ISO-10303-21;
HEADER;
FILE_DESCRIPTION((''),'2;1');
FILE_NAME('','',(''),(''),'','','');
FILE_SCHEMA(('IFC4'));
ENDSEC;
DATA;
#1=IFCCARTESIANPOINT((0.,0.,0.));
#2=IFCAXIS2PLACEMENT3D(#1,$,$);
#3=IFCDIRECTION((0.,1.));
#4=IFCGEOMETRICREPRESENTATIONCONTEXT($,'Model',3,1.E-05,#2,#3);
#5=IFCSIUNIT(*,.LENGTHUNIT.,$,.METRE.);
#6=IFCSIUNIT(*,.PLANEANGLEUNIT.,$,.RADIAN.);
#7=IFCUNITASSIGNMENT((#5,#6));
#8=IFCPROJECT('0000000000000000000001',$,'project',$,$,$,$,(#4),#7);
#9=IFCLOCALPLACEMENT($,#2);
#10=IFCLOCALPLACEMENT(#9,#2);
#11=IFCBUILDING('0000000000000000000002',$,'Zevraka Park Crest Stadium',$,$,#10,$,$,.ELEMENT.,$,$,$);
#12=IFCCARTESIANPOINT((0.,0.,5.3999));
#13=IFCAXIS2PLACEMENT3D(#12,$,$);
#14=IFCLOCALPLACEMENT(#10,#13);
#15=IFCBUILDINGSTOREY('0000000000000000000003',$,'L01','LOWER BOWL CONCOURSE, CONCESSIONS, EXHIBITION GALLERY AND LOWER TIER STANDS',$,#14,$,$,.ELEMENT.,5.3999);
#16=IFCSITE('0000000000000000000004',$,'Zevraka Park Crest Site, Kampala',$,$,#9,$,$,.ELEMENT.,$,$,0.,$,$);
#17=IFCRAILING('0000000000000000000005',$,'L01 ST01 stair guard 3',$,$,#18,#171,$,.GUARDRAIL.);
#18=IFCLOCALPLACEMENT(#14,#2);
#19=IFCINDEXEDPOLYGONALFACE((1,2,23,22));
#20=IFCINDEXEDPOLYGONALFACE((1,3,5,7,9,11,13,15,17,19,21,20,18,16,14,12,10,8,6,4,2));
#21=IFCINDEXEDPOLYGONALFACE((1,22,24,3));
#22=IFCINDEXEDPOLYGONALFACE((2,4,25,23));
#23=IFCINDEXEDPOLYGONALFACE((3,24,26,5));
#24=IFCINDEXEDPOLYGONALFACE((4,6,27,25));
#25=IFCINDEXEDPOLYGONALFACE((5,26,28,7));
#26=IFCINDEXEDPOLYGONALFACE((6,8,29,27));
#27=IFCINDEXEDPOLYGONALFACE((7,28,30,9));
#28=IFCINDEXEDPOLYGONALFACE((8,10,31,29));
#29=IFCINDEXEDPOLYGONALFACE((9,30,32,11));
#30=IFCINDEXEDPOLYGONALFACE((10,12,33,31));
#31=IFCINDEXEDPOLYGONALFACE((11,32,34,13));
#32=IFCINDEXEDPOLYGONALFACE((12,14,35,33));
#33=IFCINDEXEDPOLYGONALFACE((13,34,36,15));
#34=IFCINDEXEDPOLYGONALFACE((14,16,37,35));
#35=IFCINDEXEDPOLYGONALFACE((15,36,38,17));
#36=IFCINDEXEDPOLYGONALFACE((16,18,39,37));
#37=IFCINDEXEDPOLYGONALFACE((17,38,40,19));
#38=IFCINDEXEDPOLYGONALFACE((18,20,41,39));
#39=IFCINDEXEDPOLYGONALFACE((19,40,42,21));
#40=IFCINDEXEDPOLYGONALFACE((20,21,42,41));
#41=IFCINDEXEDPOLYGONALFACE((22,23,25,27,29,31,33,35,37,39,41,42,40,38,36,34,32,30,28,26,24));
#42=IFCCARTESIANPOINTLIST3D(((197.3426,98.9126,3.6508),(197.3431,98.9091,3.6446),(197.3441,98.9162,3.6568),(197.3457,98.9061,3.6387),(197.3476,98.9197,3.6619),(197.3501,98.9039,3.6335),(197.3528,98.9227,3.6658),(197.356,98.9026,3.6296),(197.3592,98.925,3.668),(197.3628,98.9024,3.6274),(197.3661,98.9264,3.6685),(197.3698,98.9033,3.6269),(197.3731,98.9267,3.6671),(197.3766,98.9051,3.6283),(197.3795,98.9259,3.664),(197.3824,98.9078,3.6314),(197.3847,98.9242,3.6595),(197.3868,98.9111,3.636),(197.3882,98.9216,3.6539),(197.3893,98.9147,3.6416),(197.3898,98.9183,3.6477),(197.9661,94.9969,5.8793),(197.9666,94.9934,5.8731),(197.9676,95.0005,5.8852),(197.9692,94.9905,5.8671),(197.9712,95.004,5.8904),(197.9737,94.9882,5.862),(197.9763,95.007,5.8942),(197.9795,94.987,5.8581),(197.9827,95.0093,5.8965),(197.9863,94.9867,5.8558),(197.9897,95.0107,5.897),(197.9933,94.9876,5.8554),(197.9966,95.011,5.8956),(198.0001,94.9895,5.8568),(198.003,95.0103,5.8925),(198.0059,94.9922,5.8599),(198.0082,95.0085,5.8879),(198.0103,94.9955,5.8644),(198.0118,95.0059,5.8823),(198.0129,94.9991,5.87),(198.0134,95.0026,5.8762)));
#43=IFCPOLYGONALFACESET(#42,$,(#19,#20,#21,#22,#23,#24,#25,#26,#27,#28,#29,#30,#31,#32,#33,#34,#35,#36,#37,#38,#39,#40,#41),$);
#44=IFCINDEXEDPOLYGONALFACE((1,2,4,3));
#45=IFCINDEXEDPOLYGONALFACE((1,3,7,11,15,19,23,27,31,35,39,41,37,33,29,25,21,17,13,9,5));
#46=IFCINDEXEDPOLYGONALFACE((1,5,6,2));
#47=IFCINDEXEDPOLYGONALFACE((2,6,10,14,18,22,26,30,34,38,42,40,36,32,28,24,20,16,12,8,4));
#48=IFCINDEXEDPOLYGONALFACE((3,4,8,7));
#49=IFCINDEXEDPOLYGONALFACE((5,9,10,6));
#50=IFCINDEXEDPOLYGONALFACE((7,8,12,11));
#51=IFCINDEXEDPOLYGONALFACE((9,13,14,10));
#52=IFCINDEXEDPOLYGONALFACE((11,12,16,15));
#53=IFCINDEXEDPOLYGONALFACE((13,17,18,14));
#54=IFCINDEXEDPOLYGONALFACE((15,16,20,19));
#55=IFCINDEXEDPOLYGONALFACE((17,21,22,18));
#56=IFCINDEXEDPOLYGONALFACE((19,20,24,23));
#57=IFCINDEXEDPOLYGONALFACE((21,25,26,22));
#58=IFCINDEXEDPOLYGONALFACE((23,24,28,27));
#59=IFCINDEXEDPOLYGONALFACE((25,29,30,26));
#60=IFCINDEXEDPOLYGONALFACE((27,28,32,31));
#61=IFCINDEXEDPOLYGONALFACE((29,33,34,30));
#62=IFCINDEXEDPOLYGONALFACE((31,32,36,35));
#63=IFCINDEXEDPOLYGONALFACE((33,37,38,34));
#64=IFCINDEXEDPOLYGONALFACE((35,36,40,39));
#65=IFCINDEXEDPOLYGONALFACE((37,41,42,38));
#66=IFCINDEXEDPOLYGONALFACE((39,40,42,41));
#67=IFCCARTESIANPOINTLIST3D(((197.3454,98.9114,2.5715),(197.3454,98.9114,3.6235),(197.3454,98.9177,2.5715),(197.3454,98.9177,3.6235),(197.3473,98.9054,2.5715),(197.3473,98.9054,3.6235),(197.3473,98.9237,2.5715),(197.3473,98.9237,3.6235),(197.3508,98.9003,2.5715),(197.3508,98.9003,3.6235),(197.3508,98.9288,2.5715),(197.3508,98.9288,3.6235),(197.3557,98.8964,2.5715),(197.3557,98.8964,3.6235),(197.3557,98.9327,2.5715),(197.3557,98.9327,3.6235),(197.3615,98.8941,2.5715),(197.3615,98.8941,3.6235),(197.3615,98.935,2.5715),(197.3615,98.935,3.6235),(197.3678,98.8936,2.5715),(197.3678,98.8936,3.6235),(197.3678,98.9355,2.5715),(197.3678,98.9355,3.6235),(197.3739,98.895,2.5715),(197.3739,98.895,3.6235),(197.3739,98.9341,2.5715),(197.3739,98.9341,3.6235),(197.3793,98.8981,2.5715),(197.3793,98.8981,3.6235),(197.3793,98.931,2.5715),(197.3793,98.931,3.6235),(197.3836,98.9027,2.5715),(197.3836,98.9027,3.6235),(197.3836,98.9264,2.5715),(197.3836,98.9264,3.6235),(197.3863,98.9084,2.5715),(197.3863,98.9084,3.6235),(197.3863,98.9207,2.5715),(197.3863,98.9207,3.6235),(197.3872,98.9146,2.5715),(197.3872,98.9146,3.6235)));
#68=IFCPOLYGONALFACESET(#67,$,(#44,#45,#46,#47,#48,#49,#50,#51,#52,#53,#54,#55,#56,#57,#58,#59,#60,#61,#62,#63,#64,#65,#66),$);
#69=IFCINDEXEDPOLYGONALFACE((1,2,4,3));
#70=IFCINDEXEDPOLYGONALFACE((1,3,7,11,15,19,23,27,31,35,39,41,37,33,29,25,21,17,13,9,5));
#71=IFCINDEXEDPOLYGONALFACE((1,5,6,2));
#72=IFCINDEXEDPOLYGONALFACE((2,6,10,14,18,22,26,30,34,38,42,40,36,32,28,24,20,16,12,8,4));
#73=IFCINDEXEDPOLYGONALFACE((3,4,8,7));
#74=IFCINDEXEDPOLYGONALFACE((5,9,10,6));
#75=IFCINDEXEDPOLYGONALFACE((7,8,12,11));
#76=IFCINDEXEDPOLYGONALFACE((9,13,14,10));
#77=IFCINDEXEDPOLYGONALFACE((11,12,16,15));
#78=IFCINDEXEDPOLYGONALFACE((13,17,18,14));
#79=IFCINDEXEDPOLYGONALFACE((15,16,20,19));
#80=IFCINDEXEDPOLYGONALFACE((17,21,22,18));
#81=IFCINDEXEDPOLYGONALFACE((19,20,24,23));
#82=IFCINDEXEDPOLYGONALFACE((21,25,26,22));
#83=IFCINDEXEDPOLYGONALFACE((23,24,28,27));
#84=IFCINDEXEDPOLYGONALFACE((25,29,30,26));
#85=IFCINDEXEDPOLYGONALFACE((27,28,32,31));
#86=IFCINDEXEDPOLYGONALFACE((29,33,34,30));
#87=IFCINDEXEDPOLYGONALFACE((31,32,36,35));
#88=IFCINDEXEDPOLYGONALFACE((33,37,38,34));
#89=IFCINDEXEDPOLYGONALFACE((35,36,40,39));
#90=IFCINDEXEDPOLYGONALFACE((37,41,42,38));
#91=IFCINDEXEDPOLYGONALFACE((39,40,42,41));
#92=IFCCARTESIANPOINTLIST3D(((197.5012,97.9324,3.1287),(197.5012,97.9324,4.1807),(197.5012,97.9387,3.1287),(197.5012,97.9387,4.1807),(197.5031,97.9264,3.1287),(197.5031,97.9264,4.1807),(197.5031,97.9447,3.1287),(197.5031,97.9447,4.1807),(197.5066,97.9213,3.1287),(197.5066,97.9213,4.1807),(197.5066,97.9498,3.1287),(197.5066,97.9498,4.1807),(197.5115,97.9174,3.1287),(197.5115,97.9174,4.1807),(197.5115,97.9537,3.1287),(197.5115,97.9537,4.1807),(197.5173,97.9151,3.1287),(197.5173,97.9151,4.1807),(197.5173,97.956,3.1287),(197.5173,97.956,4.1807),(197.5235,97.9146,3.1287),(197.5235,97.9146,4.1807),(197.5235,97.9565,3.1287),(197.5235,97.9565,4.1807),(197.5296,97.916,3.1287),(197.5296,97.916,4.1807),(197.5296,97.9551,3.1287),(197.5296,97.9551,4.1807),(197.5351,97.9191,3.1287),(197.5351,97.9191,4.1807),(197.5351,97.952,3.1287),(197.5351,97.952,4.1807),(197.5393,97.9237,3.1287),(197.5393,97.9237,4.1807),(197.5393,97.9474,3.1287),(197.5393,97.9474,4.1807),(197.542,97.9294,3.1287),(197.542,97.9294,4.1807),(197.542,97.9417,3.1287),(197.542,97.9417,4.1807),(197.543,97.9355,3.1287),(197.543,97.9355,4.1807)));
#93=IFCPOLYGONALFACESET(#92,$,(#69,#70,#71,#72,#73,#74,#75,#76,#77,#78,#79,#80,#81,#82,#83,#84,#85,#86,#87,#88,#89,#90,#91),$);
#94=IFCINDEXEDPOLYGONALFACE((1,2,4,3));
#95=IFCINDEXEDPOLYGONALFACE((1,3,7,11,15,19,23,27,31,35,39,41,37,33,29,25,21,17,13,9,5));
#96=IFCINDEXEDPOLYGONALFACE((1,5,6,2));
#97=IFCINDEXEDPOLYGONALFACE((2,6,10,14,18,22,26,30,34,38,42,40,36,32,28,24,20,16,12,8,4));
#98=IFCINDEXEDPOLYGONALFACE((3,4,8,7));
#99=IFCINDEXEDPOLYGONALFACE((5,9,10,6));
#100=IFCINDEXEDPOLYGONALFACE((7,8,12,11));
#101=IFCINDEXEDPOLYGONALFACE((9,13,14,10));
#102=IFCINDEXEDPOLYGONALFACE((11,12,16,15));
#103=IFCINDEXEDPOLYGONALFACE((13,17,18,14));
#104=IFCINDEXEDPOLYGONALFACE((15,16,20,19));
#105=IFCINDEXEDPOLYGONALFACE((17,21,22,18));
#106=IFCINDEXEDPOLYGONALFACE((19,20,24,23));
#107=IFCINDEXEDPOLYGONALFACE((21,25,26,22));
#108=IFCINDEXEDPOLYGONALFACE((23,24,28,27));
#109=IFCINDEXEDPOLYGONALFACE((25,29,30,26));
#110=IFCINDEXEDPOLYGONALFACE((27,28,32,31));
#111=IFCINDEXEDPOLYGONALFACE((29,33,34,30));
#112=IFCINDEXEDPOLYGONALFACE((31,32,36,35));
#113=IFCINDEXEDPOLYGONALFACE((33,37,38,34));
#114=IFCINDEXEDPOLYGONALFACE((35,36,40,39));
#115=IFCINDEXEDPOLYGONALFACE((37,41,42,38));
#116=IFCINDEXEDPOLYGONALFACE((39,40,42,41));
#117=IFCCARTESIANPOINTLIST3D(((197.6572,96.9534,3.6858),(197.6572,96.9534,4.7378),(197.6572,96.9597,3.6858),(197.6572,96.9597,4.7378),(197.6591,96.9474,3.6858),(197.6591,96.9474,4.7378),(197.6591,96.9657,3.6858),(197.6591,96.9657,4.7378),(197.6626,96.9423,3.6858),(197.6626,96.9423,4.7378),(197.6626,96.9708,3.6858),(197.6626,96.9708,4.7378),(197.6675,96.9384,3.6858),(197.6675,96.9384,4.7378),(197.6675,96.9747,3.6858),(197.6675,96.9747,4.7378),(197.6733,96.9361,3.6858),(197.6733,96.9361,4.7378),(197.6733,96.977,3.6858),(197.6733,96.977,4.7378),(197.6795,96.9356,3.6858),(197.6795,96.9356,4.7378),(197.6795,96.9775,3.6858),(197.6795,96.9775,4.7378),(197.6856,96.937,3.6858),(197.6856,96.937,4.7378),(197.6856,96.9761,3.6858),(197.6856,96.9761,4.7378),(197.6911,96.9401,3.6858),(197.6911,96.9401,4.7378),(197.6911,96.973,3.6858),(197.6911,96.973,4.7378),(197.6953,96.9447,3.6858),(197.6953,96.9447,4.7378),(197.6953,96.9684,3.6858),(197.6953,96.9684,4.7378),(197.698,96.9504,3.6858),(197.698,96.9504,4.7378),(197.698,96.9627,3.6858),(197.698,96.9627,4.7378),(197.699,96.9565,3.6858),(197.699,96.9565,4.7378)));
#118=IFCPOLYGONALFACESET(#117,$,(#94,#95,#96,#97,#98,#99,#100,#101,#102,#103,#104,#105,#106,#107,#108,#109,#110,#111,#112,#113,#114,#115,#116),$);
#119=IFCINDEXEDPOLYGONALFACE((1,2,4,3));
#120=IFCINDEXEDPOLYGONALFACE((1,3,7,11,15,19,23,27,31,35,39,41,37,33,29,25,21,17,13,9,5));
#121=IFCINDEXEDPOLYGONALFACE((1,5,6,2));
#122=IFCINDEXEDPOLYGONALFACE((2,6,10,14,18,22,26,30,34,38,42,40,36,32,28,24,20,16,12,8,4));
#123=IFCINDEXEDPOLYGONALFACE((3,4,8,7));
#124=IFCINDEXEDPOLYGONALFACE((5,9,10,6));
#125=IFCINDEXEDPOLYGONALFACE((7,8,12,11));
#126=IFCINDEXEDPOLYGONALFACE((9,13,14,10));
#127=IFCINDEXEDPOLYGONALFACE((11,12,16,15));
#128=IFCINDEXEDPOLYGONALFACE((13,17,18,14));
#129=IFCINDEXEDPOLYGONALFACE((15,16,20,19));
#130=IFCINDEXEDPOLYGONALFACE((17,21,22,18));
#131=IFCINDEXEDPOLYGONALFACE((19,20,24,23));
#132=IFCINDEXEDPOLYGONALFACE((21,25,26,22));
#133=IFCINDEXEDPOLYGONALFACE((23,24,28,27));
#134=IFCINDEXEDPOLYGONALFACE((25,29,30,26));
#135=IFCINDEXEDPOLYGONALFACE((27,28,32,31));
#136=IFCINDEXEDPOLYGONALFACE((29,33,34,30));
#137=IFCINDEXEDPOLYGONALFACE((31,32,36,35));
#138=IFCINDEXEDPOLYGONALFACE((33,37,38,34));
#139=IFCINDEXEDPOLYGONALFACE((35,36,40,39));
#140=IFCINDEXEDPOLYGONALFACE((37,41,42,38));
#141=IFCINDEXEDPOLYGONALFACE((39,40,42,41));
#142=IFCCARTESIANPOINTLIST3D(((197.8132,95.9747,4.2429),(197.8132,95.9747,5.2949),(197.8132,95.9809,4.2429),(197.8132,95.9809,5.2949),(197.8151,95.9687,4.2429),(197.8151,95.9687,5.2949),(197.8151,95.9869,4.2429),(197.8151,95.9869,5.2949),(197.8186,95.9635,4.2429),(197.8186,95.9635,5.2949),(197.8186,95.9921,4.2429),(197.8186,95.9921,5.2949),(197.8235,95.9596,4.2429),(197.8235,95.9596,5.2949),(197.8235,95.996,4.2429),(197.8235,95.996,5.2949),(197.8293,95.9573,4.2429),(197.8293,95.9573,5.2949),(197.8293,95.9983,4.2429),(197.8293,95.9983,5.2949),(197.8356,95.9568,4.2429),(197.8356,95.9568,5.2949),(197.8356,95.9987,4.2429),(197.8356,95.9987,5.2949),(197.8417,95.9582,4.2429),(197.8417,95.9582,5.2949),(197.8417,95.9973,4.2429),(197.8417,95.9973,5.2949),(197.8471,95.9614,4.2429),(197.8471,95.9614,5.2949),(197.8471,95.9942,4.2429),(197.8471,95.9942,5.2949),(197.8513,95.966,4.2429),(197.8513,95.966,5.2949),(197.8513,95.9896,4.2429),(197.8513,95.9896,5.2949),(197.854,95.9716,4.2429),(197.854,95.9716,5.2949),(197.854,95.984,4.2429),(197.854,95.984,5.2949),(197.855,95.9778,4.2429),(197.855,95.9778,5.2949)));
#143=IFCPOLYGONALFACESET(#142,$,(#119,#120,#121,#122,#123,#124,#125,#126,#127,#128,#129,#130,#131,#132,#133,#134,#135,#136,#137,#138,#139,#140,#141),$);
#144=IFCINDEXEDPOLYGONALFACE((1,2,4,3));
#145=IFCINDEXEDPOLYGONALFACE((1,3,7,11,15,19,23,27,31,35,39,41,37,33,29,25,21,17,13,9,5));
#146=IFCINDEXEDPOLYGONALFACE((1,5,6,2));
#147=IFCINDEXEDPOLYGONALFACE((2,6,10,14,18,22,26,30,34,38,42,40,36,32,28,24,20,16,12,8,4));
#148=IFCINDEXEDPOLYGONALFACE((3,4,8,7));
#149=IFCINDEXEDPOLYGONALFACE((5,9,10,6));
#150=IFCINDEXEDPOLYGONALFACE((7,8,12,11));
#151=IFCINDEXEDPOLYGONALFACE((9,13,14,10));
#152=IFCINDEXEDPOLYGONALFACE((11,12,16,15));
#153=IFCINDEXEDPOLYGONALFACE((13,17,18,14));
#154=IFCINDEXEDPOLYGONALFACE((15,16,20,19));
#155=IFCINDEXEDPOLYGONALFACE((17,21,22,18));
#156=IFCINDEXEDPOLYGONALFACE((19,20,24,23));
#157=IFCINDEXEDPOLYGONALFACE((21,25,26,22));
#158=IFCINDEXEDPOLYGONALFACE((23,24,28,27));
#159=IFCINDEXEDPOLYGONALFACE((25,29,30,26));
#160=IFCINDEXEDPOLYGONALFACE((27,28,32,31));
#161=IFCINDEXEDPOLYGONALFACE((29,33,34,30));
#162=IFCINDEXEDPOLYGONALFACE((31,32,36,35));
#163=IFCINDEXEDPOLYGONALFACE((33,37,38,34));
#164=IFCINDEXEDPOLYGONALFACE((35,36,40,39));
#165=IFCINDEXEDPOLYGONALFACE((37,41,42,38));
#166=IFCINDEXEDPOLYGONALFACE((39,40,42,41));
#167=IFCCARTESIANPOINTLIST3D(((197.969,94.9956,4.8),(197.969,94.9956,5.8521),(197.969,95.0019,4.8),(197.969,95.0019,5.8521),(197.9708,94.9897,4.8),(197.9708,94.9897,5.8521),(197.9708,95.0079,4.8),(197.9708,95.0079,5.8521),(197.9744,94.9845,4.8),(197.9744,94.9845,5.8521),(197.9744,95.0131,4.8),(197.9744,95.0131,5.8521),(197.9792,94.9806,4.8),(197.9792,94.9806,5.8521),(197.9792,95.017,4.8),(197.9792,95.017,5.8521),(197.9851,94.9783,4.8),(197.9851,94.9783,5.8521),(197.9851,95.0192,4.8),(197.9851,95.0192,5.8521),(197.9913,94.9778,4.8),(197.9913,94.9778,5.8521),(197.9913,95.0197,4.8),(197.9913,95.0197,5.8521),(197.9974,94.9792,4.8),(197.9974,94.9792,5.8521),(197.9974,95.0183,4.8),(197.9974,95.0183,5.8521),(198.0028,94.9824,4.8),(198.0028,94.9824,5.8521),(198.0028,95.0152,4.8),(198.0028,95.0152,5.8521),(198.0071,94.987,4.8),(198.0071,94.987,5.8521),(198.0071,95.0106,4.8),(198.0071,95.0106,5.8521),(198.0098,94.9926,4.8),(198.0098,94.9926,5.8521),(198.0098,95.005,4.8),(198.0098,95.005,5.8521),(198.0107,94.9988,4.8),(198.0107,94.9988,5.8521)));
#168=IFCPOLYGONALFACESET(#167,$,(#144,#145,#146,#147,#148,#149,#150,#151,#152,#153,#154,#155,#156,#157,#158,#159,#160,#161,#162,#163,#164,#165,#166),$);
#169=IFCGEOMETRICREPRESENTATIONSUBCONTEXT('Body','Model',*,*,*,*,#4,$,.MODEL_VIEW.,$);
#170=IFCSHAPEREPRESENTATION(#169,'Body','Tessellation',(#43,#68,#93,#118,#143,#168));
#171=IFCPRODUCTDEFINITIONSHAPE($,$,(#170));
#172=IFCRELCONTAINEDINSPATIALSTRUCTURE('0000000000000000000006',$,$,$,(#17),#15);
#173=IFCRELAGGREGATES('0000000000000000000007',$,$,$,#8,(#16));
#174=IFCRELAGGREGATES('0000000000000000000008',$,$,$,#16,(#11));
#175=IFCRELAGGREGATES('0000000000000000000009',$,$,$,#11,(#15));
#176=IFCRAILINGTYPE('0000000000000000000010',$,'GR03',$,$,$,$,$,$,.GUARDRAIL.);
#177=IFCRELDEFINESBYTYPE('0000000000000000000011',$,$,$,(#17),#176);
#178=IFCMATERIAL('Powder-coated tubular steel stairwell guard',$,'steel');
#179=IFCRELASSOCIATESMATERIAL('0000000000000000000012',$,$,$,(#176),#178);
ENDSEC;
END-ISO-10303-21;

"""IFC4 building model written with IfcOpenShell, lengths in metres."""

from ifc_helpers import new_model, si_unit, direction, frame, origin, origin_2d, place, context, subcontext, project, spatial, circle, extrude, material, type_object, element, save


model = new_model("IFC4")

# Units and contexts
model_context = context("Model", 3, precision=1e-05, world=origin(), true_north=direction((0.0, 1.0)))
body_context = subcontext(model_context, "Body", "Model", "MODEL_VIEW")
ifc_project = project(units=[si_unit("LENGTHUNIT", "METRE"), si_unit("PLANEANGLEUNIT", "RADIAN")], contexts=[model_context])

# Site, building, storey
site_placement = place(None, origin())
site = spatial("IfcSite", under=ifc_project, at=site_placement, Name="Zevraka Park Crest Site, Kampala", CompositionType="ELEMENT", RefElevation=0.0)
building_placement = place(site_placement, origin())
building = spatial("IfcBuilding", under=site, at=building_placement, Name="Zevraka Park Crest Stadium", CompositionType="ELEMENT")
storey_placement = place(building_placement, frame((0.0, 0.0, 5.3999)))
storey = spatial("IfcBuildingStorey", under=building, at=storey_placement, Name="L01", Description="LOWER BOWL CONCOURSE, CONCESSIONS, EXHIBITION GALLERY AND LOWER TIER STANDS", CompositionType="ELEMENT", Elevation=5.3999)

# Railing
ifc_material_1 = material(Name="Powder-coated tubular steel stairwell guard", Category="steel")
railing_type_1 = type_object("IfcRailingType", Name="GR03", PredefinedType="GUARDRAIL", material=ifc_material_1)
railing_1_placement = place(storey_placement, frame((197.3662, 98.9146, 2.5715)))
element("IfcRailing", 1, at=railing_1_placement, inside=storey, type_object=railing_type_1, Name="L01 ST01 stair guard 3", PredefinedType="GUARDRAIL", context=body_context, shape_type="SweptSolid", body=[
    extrude(circle(Radius=0.0239, at=origin_2d()), frame((0.0, 0.0, 1.0762), z_axis=(0.137088, -0.860903, 0.489951), x_axis=(0.987558, 0.157256, 0.0)), (0.0, 0.0, 1.0), 4.5483),
    extrude(circle(Radius=0.021, at=origin_2d()), origin(), (0.0, 0.0, 1.0), 1.052),
    extrude(circle(Radius=0.021, at=origin_2d()), frame((0.1558, -0.979, 0.5571)), (0.0, 0.0, 1.0), 1.052),
    extrude(circle(Radius=0.021, at=origin_2d()), frame((0.3118, -1.958, 1.1143)), (0.0, 0.0, 1.0), 1.052),
    extrude(circle(Radius=0.021, at=origin_2d()), frame((0.4678, -2.9368, 1.6714)), (0.0, 0.0, 1.0), 1.052),
    extrude(circle(Radius=0.021, at=origin_2d()), frame((0.6235, -3.9158, 2.2285)), (0.0, 0.0, 1.0), 1.052),
])

save(model, "model.ifc")
